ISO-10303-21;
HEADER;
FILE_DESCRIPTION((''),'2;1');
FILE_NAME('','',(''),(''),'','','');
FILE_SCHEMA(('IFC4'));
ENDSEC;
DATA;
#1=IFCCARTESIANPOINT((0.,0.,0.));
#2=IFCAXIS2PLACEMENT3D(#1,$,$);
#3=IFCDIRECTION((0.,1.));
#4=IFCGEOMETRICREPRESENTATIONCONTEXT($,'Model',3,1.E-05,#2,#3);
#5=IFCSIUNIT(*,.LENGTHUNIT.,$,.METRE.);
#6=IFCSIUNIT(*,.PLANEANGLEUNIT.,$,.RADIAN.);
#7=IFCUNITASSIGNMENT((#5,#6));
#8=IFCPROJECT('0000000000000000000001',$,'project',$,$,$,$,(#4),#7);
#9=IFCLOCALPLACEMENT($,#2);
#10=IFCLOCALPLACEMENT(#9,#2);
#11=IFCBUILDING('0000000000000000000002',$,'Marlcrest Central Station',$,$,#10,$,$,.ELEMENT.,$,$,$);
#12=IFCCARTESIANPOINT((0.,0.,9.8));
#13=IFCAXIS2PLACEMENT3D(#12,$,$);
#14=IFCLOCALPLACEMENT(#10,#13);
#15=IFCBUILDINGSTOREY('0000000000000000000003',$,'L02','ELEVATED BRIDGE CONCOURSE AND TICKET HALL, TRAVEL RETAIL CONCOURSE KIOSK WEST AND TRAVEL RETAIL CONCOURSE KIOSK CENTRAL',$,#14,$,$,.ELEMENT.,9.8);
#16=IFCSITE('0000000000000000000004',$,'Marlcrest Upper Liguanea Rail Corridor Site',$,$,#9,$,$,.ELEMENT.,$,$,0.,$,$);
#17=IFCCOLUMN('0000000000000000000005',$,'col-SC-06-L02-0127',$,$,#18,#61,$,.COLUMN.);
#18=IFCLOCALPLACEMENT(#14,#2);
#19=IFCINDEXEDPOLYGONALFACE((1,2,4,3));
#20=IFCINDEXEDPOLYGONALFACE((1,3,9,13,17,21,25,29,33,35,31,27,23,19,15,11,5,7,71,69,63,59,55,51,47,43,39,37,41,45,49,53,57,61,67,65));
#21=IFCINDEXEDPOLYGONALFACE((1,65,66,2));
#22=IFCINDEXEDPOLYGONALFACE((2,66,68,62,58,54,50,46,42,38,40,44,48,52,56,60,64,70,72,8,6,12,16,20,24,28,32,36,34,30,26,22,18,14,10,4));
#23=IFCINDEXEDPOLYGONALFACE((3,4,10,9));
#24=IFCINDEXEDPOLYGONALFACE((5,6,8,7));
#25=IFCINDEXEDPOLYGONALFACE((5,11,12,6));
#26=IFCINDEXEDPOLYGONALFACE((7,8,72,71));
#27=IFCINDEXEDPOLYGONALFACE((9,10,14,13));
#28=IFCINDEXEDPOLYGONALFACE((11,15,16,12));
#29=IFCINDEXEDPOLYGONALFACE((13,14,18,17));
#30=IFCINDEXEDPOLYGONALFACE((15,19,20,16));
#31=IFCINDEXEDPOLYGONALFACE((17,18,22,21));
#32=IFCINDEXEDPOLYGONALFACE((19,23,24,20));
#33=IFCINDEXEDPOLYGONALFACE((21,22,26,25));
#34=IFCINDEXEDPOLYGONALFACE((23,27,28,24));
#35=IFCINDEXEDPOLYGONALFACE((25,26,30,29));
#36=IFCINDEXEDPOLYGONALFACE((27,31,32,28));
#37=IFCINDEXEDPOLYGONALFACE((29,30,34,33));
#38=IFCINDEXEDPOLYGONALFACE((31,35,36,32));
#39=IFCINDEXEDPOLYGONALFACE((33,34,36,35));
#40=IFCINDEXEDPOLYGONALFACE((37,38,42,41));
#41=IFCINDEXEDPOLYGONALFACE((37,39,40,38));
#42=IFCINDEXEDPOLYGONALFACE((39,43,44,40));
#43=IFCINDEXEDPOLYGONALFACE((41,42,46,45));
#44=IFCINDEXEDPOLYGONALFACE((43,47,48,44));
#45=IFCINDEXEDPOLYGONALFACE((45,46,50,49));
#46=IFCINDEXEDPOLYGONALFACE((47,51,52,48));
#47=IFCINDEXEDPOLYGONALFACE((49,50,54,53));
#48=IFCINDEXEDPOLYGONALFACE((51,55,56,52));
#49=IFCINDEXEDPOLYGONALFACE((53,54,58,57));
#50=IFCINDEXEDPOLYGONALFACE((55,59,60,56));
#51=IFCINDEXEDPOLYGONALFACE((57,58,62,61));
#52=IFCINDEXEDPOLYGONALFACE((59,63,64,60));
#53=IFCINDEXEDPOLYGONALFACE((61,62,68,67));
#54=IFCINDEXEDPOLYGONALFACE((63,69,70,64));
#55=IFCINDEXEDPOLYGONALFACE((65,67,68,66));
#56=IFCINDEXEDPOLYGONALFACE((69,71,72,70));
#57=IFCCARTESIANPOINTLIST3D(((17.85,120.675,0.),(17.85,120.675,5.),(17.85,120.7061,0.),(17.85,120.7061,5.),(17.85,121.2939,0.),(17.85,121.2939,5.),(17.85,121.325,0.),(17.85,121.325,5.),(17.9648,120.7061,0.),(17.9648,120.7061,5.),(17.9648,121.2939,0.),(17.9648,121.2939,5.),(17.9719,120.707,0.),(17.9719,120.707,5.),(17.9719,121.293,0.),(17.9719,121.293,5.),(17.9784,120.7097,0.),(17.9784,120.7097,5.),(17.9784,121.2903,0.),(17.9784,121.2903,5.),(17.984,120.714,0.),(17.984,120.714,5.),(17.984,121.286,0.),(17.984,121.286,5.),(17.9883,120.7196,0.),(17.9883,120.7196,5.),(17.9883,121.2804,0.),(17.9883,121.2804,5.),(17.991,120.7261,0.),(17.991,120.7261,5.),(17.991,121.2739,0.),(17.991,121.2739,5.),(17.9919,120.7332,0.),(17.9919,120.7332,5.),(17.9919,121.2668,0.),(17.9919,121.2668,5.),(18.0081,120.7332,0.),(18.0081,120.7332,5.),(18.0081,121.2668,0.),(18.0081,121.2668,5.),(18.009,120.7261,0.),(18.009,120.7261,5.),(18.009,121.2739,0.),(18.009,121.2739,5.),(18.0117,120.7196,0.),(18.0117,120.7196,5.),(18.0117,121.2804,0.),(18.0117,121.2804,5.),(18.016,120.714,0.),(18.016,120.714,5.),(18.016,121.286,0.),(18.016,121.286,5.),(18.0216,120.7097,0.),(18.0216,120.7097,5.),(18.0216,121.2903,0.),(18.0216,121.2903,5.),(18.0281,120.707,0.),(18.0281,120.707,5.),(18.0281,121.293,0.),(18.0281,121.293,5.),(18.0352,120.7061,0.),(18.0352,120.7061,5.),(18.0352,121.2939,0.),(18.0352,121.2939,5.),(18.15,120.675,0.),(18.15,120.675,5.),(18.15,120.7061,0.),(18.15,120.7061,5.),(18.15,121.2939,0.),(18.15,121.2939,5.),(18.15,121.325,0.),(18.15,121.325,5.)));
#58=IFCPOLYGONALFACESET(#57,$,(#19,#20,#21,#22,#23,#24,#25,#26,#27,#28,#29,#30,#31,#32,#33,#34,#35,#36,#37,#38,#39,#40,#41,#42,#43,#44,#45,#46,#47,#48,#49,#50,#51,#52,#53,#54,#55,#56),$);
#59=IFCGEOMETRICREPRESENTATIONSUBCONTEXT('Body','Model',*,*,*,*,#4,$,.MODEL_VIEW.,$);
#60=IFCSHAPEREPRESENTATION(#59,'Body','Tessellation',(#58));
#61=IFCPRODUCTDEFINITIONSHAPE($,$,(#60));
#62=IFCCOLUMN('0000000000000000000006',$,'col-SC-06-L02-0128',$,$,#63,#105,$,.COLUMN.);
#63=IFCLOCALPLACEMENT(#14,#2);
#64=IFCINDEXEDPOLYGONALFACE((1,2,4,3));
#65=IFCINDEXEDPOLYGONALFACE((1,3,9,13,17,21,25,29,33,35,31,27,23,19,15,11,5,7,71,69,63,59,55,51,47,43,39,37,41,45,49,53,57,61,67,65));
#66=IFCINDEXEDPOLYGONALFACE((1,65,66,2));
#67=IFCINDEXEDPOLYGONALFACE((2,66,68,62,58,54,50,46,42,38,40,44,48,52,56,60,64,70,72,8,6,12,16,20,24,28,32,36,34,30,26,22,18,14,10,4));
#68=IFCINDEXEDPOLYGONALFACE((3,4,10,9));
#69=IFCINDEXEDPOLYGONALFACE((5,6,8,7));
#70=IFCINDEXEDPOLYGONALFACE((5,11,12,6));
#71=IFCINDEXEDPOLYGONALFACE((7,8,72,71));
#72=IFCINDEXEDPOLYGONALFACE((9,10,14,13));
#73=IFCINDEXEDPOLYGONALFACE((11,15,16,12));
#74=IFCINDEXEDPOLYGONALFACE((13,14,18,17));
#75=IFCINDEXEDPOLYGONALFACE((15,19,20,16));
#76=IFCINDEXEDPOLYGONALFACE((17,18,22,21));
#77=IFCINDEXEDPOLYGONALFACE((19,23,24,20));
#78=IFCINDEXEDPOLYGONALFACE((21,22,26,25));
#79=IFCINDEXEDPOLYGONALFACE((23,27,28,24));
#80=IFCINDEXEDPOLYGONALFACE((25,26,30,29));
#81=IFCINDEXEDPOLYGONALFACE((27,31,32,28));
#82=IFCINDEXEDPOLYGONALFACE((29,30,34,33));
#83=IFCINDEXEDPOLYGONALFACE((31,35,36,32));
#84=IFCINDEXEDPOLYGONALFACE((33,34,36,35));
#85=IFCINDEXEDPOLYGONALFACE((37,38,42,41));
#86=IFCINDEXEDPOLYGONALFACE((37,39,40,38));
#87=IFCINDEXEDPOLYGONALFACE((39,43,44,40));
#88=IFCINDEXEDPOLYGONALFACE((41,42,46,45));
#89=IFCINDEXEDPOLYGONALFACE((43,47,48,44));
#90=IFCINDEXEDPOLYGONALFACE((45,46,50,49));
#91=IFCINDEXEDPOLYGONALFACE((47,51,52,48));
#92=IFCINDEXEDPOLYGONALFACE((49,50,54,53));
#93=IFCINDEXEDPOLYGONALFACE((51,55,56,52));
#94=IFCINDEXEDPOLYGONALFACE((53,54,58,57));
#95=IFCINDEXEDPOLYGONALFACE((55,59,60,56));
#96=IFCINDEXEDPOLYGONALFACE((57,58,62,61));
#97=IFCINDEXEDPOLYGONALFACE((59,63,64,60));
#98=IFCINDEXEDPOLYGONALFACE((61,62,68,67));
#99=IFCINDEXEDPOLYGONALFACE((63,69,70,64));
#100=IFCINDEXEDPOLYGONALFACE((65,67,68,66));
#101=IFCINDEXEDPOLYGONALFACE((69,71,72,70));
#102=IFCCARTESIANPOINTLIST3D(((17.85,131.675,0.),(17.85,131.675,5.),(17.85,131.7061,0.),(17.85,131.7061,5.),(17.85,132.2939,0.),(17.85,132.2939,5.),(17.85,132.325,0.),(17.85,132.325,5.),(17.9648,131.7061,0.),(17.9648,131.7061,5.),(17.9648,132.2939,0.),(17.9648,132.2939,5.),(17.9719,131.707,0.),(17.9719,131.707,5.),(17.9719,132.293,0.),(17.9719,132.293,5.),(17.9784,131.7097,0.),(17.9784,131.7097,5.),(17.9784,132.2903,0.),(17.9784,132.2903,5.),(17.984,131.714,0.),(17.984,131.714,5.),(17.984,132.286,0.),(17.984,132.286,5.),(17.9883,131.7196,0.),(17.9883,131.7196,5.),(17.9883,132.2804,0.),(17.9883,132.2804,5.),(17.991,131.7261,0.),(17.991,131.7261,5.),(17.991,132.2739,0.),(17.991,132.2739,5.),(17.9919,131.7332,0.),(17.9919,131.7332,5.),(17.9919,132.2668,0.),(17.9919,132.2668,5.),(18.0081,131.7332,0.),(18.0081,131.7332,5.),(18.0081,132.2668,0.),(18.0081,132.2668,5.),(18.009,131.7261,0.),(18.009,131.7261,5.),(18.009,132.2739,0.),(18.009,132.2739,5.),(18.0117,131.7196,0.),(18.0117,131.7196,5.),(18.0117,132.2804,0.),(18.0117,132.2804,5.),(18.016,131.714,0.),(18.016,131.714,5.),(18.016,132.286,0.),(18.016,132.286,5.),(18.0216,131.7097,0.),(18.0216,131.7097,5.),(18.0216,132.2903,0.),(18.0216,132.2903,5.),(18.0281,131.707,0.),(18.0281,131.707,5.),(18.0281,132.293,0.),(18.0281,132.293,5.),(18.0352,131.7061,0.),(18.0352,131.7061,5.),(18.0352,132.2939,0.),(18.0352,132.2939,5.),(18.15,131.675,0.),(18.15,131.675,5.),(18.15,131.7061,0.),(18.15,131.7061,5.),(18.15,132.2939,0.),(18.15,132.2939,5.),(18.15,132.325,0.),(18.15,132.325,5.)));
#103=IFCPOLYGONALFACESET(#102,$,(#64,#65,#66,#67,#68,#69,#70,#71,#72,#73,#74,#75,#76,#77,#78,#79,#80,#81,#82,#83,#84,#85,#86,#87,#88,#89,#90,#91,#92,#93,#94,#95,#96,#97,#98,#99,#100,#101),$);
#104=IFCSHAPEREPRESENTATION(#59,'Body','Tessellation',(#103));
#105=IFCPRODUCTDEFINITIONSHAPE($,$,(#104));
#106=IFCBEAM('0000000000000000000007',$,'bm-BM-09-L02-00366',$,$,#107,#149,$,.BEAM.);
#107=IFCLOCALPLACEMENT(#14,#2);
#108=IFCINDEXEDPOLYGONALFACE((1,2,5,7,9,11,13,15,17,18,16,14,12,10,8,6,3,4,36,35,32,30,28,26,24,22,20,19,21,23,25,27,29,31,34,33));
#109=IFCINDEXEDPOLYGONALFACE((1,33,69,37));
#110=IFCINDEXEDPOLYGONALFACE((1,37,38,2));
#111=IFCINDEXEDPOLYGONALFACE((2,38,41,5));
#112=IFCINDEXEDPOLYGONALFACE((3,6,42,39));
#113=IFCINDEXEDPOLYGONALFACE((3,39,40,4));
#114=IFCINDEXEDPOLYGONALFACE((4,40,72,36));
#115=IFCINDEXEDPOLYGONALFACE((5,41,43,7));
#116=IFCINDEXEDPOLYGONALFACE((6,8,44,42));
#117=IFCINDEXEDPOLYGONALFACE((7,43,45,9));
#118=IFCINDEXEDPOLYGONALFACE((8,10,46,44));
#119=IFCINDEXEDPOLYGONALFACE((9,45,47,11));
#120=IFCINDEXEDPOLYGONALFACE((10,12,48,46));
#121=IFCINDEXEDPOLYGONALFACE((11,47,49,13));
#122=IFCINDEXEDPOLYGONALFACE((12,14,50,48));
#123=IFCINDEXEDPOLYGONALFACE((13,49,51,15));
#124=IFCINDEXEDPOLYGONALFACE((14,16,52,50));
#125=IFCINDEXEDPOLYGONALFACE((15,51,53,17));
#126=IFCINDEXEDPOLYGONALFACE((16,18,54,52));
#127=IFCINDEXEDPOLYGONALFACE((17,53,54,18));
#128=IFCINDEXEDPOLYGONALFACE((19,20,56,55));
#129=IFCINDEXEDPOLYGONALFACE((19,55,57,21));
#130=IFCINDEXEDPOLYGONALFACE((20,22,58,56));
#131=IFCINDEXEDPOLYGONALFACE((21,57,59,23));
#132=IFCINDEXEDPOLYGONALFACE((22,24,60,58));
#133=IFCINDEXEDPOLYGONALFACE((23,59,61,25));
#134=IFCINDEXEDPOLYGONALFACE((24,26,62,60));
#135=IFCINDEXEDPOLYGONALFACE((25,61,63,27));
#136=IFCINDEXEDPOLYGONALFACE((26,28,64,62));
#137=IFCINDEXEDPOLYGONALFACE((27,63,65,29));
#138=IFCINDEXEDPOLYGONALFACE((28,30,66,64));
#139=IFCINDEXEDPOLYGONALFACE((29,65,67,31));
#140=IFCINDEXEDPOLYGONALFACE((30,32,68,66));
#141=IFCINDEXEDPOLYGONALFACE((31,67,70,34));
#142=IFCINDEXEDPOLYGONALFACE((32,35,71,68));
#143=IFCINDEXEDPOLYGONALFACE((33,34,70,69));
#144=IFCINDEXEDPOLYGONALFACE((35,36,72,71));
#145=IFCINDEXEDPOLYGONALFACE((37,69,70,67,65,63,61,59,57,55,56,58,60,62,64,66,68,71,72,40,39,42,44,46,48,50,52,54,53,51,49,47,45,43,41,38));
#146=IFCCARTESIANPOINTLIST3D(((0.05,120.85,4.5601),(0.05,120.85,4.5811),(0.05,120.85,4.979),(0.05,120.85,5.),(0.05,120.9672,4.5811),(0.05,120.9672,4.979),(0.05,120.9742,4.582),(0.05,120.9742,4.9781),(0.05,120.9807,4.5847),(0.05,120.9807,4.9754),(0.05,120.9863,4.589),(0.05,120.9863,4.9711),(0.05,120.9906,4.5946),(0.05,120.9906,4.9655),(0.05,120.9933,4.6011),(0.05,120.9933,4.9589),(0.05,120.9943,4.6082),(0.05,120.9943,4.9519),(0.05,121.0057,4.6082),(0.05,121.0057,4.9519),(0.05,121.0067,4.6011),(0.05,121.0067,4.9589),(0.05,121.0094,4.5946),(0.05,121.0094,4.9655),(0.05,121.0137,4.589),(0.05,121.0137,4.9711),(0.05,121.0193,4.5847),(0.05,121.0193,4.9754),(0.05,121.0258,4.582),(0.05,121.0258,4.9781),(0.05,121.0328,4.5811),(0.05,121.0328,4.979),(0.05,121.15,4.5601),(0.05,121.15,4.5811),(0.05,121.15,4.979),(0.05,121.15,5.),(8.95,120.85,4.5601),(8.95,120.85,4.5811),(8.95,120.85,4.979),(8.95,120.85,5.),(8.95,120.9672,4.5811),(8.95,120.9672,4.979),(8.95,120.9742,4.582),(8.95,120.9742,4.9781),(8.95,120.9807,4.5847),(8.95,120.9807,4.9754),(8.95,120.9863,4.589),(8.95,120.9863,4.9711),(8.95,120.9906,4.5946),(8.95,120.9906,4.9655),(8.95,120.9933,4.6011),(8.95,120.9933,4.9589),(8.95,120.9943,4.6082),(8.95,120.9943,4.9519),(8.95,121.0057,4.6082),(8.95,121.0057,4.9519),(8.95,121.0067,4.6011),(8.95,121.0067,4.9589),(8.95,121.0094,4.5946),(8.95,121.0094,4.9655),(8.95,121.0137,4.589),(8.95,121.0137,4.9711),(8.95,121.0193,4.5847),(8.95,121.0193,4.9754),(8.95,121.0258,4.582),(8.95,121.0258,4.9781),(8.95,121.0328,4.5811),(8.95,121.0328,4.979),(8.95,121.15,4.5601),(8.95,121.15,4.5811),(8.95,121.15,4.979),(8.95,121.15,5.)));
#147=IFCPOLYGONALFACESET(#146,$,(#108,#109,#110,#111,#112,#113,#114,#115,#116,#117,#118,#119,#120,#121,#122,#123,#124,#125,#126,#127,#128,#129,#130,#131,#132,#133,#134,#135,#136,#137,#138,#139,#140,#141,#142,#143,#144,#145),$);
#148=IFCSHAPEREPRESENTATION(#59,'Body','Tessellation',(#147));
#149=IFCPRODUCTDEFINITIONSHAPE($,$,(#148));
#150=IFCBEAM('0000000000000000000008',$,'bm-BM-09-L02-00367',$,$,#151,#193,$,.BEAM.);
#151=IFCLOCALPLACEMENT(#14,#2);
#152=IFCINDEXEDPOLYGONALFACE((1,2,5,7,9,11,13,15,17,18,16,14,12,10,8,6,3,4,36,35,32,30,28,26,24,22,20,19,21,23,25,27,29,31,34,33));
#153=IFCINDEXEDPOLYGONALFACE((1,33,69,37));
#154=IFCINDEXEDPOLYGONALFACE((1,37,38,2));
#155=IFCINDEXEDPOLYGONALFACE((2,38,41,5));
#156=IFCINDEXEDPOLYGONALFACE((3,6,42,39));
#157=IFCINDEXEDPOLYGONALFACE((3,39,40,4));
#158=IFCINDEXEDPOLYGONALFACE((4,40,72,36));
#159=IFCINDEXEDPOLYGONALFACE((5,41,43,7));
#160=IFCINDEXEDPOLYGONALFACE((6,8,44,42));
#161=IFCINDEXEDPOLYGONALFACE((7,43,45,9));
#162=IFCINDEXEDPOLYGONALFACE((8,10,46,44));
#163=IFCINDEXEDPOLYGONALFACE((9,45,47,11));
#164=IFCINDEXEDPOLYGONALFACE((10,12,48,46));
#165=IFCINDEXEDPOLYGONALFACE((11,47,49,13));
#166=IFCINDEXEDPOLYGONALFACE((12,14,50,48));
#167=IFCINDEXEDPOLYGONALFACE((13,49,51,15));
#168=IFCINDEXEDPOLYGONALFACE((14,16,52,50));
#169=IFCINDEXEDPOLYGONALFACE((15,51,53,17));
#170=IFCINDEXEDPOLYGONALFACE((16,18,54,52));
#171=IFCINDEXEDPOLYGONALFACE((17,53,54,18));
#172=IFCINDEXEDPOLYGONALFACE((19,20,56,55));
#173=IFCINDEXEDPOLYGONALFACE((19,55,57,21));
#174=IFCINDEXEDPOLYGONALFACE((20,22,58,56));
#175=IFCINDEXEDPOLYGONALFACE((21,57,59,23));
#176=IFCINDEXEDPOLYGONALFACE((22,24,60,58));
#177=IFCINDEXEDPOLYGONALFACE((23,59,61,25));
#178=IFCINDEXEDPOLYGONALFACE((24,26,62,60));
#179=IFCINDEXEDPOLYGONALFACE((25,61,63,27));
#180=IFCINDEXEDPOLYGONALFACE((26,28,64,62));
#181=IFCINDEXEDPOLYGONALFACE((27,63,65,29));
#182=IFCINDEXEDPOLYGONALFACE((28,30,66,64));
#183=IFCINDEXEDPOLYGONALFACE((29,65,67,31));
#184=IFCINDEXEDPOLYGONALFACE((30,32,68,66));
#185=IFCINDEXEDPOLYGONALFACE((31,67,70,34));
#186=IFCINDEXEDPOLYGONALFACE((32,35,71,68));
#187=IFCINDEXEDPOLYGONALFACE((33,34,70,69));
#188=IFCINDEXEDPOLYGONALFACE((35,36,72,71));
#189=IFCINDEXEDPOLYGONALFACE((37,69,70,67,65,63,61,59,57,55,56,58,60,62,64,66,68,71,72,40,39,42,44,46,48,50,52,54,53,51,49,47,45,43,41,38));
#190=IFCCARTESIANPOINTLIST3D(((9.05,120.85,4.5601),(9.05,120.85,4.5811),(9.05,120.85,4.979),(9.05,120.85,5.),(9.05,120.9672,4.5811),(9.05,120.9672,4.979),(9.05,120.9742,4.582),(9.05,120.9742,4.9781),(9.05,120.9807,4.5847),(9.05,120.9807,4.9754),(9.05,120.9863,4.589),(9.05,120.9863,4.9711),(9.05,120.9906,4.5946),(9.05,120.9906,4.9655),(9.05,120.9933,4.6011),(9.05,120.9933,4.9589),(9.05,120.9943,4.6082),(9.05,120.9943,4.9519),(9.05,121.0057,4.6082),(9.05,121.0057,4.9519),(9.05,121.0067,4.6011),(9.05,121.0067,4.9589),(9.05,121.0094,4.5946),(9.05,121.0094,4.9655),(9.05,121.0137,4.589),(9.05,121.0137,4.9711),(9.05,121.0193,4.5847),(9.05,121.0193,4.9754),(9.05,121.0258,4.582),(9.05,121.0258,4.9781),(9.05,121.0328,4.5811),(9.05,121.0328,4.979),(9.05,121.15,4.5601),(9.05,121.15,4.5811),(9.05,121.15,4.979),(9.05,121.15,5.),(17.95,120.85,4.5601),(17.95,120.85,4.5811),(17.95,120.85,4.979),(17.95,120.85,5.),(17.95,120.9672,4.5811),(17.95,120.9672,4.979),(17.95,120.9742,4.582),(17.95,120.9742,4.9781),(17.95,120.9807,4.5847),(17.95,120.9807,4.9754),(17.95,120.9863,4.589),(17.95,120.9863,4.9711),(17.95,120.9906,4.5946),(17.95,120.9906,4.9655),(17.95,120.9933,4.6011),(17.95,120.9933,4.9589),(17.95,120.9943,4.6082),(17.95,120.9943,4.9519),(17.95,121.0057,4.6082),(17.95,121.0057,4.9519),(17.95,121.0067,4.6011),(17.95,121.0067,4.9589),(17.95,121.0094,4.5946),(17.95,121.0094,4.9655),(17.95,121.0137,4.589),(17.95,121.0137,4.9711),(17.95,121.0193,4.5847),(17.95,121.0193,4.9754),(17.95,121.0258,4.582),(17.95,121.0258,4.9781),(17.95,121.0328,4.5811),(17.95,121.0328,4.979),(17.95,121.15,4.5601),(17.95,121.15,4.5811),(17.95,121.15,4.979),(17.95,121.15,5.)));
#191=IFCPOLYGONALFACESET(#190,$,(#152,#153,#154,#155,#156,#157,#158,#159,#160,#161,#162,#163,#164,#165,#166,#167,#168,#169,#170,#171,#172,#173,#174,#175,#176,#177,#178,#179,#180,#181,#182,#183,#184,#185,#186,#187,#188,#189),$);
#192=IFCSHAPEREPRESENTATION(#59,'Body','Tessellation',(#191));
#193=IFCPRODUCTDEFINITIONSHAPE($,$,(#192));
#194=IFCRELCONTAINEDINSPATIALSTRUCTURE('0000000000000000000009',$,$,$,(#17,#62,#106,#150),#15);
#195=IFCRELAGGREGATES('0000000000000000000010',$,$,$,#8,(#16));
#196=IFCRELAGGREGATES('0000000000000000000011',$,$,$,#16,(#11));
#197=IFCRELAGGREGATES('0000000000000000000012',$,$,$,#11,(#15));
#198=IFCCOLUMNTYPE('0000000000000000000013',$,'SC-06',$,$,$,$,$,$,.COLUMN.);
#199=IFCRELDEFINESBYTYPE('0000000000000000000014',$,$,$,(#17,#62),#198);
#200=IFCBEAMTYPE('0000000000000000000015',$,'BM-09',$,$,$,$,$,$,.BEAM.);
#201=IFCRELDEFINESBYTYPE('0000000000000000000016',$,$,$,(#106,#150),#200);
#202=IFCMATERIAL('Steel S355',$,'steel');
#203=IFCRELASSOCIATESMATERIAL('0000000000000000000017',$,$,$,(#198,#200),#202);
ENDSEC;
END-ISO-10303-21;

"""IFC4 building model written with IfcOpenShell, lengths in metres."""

from ifc_helpers import new_model, si_unit, direction, frame, origin, origin_2d, place, context, subcontext, project, spatial, i_section, extrude, material, material_profile, profile_set, type_object, element, save


model = new_model("IFC4")

# Units and contexts
model_context = context("Model", 3, precision=1e-05, world=origin(), true_north=direction((0.0, 1.0)))
body_context = subcontext(model_context, "Body", "Model", "MODEL_VIEW")
ifc_project = project(units=[si_unit("LENGTHUNIT", "METRE"), si_unit("PLANEANGLEUNIT", "RADIAN")], contexts=[model_context])

# Site, building, storey
site_placement = place(None, origin())
site = spatial("IfcSite", under=ifc_project, at=site_placement, Name="Marlcrest Upper Liguanea Rail Corridor Site", CompositionType="ELEMENT", RefElevation=0.0)
building_placement = place(site_placement, origin())
building = spatial("IfcBuilding", under=site, at=building_placement, Name="Marlcrest Central Station", CompositionType="ELEMENT")
storey_placement = place(building_placement, frame((0.0, 0.0, 9.8)))
storey = spatial("IfcBuildingStorey", under=building, at=storey_placement, Name="L02", Description="ELEVATED BRIDGE CONCOURSE AND TICKET HALL, TRAVEL RETAIL CONCOURSE KIOSK WEST AND TRAVEL RETAIL CONCOURSE KIOSK CENTRAL", CompositionType="ELEMENT", Elevation=9.8)

# Columns
ifc_material_1 = material(Name="Steel S355", Category="steel")
ifc_material_profile_1 = material_profile(ifc_material_1, i_section(OverallWidth=0.3, OverallDepth=0.6499, WebThickness=0.0161, FlangeThickness=0.031, FilletRadius=0.0271, at=origin_2d()), Name="HEB 650")
ifc_profile_set_1 = profile_set([ifc_material_profile_1], Name="Steel S355")
column_type = type_object("IfcColumnType", Name="SC-06", PredefinedType="COLUMN", material=ifc_profile_set_1)
for number, where, z_axis, x_axis, name in (
    (1, (18.0, 121.0, 0.0), (0.0, 0.0, 1.0), (1.0, 0.0, 0.0), "col-SC-06-L02-0127"),
    (2, (18.0, 132.0, 0.0), (0.0, 0.0, 1.0), (1.0, 0.0, 0.0), "col-SC-06-L02-0128"),
):
    element("IfcColumn", number, at=place(storey_placement, frame(where, z_axis=z_axis, x_axis=x_axis)), inside=storey, type_object=column_type, Name=name, PredefinedType="COLUMN", context=body_context, shape_type="SweptSolid", body=[
        extrude(i_section(OverallWidth=0.3, OverallDepth=0.6499, WebThickness=0.0161, FlangeThickness=0.031, FilletRadius=0.0271, at=origin_2d()), origin(), (0.0, 0.0, 1.0), 5.0),
    ])

# Beams
ifc_material_profile_2 = material_profile(ifc_material_1, i_section(OverallWidth=0.3, OverallDepth=0.4399, WebThickness=0.0115, FlangeThickness=0.021, FilletRadius=0.0271, at=origin_2d()), Name="HEA 450")
ifc_profile_set_2 = profile_set([ifc_material_profile_2], Name="Steel S355")
beam_type_1 = type_object("IfcBeamType", Name="BM-09", PredefinedType="BEAM", material=ifc_profile_set_2)
for number, where, z_axis, x_axis, name in (
    (3, (0.05, 121.0, 4.78), (1.0, 0.0, 0.0), (0.0, 1.0, 0.0), "bm-BM-09-L02-00366"),
    (4, (9.05, 121.0, 4.78), (1.0, 0.0, 0.0), (0.0, 1.0, 0.0), "bm-BM-09-L02-00367"),
):
    element("IfcBeam", number, at=place(storey_placement, frame(where, z_axis=z_axis, x_axis=x_axis)), inside=storey, type_object=beam_type_1, Name=name, PredefinedType="BEAM", context=body_context, shape_type="SweptSolid", body=[
        extrude(i_section(OverallWidth=0.3, OverallDepth=0.4399, WebThickness=0.0115, FlangeThickness=0.021, FilletRadius=0.0271, at=origin_2d()), origin(), (0.0, 0.0, 1.0), 8.8999),
    ])

save(model, "model.ifc")
